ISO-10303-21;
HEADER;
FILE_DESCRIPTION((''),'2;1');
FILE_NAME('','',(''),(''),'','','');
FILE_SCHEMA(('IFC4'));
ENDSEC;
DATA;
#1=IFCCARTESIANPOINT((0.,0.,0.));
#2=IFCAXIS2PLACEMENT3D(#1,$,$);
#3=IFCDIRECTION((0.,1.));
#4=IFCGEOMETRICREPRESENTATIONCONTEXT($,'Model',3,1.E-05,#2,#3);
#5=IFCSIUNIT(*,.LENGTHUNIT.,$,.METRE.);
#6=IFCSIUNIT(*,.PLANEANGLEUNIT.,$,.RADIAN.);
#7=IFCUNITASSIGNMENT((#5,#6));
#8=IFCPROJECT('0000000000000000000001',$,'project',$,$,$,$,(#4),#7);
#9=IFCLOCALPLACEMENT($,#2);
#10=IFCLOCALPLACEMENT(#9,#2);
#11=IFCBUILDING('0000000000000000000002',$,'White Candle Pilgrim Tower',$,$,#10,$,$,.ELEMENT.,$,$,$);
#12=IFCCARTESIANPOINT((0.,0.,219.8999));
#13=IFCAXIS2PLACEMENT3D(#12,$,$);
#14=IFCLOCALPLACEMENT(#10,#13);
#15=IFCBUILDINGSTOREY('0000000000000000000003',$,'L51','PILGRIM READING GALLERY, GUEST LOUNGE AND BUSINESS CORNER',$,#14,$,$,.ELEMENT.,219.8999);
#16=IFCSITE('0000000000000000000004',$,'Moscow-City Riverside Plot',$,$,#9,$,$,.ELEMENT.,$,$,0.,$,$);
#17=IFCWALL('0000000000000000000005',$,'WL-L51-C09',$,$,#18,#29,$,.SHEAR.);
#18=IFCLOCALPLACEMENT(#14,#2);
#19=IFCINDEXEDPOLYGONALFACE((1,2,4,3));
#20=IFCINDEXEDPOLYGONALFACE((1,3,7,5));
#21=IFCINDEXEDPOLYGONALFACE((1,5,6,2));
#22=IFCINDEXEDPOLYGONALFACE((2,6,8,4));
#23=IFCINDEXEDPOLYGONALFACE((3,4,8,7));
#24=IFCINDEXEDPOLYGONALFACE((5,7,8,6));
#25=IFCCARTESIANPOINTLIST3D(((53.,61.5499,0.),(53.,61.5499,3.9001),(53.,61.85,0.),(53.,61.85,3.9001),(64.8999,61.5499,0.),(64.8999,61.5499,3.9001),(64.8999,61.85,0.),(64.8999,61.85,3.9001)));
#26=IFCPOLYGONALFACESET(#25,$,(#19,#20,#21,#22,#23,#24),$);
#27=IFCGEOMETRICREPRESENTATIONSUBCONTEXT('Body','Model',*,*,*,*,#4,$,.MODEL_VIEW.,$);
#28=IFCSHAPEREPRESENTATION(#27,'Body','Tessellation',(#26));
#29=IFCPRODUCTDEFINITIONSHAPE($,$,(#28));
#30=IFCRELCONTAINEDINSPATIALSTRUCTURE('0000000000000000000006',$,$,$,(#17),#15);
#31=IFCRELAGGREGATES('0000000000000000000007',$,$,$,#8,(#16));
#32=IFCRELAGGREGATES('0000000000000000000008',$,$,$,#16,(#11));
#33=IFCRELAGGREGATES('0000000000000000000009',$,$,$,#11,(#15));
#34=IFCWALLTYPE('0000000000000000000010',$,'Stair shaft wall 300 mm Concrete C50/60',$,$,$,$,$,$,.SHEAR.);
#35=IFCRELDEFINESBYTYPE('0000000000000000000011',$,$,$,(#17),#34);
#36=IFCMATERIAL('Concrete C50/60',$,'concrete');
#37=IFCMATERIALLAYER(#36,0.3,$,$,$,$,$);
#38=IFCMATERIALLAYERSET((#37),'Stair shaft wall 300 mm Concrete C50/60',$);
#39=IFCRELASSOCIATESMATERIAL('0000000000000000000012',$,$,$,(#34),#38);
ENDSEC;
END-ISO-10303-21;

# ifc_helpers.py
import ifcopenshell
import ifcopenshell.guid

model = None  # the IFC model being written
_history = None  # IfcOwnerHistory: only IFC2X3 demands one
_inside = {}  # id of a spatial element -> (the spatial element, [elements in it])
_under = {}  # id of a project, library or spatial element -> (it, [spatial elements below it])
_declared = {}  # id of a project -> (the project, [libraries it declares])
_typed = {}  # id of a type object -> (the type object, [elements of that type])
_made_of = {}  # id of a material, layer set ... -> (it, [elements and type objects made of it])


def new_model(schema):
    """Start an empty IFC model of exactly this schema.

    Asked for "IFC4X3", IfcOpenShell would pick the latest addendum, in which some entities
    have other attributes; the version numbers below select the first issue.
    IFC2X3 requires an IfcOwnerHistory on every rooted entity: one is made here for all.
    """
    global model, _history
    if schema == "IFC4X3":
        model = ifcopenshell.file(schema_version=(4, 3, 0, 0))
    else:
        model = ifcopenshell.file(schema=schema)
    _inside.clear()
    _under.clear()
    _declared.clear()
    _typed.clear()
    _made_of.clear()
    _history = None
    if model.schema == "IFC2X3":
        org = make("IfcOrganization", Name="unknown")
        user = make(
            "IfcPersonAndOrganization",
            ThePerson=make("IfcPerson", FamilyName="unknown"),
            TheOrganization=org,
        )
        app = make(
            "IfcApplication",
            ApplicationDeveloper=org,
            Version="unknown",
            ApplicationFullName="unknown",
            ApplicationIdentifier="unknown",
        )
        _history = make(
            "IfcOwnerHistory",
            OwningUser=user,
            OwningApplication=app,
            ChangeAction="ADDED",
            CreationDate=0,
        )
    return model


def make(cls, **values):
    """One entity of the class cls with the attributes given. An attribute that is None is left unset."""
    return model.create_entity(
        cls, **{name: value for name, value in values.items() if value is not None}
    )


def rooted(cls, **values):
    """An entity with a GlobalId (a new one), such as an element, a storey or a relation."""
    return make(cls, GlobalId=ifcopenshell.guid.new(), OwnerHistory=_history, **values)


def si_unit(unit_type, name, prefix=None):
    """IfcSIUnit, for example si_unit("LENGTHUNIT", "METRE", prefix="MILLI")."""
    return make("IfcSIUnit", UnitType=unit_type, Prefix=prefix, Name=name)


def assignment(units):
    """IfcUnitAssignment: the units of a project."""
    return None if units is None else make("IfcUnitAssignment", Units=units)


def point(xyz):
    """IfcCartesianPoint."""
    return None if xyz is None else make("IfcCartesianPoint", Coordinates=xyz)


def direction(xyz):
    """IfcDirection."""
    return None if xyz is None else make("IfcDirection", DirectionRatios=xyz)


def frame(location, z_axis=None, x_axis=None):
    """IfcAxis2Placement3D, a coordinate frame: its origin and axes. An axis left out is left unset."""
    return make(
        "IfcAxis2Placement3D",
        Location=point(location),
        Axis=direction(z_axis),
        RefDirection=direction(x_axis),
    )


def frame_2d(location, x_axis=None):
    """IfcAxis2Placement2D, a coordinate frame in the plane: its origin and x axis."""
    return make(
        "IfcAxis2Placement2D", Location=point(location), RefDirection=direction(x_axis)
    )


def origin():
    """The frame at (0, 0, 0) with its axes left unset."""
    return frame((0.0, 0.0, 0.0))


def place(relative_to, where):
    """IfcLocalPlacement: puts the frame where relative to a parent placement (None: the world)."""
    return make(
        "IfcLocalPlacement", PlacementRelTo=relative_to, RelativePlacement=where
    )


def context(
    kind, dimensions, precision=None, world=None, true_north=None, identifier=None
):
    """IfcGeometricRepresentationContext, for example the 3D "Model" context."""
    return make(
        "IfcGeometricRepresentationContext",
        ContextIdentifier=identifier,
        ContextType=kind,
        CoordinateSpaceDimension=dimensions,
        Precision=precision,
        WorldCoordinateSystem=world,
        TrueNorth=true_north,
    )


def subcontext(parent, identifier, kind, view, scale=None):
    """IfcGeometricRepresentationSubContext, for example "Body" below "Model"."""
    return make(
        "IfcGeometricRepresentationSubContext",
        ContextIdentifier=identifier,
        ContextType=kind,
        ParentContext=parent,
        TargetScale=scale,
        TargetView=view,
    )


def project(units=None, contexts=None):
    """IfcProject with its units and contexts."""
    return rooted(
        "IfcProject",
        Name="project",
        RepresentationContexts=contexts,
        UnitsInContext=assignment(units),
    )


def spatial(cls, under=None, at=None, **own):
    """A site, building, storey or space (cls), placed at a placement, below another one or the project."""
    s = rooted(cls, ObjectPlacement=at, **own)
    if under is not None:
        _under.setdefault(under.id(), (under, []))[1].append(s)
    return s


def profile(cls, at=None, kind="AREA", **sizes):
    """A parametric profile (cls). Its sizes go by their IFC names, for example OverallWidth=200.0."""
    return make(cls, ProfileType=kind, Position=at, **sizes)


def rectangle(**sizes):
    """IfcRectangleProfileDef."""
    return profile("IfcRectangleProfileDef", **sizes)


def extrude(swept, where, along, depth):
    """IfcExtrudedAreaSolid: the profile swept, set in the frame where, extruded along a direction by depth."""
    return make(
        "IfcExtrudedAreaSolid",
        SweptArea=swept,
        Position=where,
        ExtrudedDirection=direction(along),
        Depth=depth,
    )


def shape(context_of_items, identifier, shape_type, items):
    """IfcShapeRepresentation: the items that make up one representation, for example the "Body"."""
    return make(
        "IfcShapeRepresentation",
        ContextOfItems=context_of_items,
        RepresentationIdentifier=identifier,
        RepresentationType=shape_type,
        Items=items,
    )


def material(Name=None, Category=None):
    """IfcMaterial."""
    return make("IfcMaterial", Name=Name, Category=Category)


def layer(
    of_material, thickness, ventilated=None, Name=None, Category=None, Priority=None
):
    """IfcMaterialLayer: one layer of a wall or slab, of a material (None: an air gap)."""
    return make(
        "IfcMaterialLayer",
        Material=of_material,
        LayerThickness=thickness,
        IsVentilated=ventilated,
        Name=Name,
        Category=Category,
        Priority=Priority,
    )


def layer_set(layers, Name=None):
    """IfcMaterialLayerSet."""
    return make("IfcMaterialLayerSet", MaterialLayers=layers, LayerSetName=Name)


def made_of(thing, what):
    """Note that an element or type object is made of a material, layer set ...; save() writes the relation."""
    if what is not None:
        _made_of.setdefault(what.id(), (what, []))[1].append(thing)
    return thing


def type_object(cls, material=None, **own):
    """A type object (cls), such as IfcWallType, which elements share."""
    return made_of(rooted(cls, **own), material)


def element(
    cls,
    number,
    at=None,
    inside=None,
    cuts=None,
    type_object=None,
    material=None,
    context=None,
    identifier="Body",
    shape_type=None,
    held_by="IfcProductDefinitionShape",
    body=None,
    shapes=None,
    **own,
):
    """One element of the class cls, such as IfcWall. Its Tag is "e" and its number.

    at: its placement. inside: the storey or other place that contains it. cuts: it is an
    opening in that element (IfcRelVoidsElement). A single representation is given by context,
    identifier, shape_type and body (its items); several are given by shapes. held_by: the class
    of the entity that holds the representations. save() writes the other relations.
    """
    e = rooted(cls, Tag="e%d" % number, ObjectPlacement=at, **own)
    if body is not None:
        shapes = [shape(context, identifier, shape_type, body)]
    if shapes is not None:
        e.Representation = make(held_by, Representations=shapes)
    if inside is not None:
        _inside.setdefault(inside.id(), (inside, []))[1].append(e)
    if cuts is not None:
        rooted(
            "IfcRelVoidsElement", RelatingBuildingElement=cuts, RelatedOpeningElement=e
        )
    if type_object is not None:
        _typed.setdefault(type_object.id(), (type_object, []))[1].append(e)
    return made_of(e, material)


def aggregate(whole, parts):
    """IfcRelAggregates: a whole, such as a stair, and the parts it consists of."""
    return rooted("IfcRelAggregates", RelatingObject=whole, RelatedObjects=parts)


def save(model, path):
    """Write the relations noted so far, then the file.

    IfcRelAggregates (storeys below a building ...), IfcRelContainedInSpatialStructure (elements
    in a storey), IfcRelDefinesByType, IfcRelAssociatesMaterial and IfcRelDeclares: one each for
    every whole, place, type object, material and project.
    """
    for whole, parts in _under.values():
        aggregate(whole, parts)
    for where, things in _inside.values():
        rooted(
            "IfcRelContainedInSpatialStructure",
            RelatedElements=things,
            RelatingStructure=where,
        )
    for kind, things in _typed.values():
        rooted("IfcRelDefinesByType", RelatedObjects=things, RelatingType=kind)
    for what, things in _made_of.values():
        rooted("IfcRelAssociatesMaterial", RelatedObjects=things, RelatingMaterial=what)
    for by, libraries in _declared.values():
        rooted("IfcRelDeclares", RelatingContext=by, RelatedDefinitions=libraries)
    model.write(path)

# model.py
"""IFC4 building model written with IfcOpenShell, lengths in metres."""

from ifc_helpers import new_model, si_unit, direction, frame, frame_2d, origin, place, context, subcontext, project, spatial, rectangle, extrude, material, layer, layer_set, type_object, element, save


model = new_model("IFC4")

# Units and contexts
model_context = context("Model", 3, precision=1e-05, world=origin(), true_north=direction((0.0, 1.0)))
body_context = subcontext(model_context, "Body", "Model", "MODEL_VIEW")
ifc_project = project(units=[si_unit("LENGTHUNIT", "METRE"), si_unit("PLANEANGLEUNIT", "RADIAN")], contexts=[model_context])

# Site, building, storey
site_placement = place(None, origin())
site = spatial("IfcSite", under=ifc_project, at=site_placement, Name="Moscow-City Riverside Plot", CompositionType="ELEMENT", RefElevation=0.0)
building_placement = place(site_placement, origin())
building = spatial("IfcBuilding", under=site, at=building_placement, Name="White Candle Pilgrim Tower", CompositionType="ELEMENT")
storey_placement = place(building_placement, frame((0.0, 0.0, 219.8999)))
storey = spatial("IfcBuildingStorey", under=building, at=storey_placement, Name="L51", Description="PILGRIM READING GALLERY, GUEST LOUNGE AND BUSINESS CORNER", CompositionType="ELEMENT", Elevation=219.8999)

# Shared definitions
ifc_material_1 = material(Name="Concrete C50/60", Category="concrete")

# Wall
ifc_layer_1 = layer(ifc_material_1, 0.3)
ifc_layer_set_1 = layer_set([ifc_layer_1], Name="Stair shaft wall 300 mm Concrete C50/60")
wall_type_1 = type_object("IfcWallType", Name="Stair shaft wall 300 mm Concrete C50/60", PredefinedType="SHEAR", material=ifc_layer_set_1)
wall_1_placement = place(storey_placement, frame((53.0, 61.7, 0.0), z_axis=(0.0, 0.0, 1.0), x_axis=(1.0, 0.0, 0.0)))
element("IfcWall", 1, at=wall_1_placement, inside=storey, type_object=wall_type_1, Name="WL-L51-C09", PredefinedType="SHEAR", context=body_context, shape_type="SweptSolid", body=[
    extrude(rectangle(XDim=11.8999, YDim=0.3, at=frame_2d((5.95, 0.0))), origin(), (0.0, 0.0, 1.0), 3.9001),
])

save(model, "model.ifc")
